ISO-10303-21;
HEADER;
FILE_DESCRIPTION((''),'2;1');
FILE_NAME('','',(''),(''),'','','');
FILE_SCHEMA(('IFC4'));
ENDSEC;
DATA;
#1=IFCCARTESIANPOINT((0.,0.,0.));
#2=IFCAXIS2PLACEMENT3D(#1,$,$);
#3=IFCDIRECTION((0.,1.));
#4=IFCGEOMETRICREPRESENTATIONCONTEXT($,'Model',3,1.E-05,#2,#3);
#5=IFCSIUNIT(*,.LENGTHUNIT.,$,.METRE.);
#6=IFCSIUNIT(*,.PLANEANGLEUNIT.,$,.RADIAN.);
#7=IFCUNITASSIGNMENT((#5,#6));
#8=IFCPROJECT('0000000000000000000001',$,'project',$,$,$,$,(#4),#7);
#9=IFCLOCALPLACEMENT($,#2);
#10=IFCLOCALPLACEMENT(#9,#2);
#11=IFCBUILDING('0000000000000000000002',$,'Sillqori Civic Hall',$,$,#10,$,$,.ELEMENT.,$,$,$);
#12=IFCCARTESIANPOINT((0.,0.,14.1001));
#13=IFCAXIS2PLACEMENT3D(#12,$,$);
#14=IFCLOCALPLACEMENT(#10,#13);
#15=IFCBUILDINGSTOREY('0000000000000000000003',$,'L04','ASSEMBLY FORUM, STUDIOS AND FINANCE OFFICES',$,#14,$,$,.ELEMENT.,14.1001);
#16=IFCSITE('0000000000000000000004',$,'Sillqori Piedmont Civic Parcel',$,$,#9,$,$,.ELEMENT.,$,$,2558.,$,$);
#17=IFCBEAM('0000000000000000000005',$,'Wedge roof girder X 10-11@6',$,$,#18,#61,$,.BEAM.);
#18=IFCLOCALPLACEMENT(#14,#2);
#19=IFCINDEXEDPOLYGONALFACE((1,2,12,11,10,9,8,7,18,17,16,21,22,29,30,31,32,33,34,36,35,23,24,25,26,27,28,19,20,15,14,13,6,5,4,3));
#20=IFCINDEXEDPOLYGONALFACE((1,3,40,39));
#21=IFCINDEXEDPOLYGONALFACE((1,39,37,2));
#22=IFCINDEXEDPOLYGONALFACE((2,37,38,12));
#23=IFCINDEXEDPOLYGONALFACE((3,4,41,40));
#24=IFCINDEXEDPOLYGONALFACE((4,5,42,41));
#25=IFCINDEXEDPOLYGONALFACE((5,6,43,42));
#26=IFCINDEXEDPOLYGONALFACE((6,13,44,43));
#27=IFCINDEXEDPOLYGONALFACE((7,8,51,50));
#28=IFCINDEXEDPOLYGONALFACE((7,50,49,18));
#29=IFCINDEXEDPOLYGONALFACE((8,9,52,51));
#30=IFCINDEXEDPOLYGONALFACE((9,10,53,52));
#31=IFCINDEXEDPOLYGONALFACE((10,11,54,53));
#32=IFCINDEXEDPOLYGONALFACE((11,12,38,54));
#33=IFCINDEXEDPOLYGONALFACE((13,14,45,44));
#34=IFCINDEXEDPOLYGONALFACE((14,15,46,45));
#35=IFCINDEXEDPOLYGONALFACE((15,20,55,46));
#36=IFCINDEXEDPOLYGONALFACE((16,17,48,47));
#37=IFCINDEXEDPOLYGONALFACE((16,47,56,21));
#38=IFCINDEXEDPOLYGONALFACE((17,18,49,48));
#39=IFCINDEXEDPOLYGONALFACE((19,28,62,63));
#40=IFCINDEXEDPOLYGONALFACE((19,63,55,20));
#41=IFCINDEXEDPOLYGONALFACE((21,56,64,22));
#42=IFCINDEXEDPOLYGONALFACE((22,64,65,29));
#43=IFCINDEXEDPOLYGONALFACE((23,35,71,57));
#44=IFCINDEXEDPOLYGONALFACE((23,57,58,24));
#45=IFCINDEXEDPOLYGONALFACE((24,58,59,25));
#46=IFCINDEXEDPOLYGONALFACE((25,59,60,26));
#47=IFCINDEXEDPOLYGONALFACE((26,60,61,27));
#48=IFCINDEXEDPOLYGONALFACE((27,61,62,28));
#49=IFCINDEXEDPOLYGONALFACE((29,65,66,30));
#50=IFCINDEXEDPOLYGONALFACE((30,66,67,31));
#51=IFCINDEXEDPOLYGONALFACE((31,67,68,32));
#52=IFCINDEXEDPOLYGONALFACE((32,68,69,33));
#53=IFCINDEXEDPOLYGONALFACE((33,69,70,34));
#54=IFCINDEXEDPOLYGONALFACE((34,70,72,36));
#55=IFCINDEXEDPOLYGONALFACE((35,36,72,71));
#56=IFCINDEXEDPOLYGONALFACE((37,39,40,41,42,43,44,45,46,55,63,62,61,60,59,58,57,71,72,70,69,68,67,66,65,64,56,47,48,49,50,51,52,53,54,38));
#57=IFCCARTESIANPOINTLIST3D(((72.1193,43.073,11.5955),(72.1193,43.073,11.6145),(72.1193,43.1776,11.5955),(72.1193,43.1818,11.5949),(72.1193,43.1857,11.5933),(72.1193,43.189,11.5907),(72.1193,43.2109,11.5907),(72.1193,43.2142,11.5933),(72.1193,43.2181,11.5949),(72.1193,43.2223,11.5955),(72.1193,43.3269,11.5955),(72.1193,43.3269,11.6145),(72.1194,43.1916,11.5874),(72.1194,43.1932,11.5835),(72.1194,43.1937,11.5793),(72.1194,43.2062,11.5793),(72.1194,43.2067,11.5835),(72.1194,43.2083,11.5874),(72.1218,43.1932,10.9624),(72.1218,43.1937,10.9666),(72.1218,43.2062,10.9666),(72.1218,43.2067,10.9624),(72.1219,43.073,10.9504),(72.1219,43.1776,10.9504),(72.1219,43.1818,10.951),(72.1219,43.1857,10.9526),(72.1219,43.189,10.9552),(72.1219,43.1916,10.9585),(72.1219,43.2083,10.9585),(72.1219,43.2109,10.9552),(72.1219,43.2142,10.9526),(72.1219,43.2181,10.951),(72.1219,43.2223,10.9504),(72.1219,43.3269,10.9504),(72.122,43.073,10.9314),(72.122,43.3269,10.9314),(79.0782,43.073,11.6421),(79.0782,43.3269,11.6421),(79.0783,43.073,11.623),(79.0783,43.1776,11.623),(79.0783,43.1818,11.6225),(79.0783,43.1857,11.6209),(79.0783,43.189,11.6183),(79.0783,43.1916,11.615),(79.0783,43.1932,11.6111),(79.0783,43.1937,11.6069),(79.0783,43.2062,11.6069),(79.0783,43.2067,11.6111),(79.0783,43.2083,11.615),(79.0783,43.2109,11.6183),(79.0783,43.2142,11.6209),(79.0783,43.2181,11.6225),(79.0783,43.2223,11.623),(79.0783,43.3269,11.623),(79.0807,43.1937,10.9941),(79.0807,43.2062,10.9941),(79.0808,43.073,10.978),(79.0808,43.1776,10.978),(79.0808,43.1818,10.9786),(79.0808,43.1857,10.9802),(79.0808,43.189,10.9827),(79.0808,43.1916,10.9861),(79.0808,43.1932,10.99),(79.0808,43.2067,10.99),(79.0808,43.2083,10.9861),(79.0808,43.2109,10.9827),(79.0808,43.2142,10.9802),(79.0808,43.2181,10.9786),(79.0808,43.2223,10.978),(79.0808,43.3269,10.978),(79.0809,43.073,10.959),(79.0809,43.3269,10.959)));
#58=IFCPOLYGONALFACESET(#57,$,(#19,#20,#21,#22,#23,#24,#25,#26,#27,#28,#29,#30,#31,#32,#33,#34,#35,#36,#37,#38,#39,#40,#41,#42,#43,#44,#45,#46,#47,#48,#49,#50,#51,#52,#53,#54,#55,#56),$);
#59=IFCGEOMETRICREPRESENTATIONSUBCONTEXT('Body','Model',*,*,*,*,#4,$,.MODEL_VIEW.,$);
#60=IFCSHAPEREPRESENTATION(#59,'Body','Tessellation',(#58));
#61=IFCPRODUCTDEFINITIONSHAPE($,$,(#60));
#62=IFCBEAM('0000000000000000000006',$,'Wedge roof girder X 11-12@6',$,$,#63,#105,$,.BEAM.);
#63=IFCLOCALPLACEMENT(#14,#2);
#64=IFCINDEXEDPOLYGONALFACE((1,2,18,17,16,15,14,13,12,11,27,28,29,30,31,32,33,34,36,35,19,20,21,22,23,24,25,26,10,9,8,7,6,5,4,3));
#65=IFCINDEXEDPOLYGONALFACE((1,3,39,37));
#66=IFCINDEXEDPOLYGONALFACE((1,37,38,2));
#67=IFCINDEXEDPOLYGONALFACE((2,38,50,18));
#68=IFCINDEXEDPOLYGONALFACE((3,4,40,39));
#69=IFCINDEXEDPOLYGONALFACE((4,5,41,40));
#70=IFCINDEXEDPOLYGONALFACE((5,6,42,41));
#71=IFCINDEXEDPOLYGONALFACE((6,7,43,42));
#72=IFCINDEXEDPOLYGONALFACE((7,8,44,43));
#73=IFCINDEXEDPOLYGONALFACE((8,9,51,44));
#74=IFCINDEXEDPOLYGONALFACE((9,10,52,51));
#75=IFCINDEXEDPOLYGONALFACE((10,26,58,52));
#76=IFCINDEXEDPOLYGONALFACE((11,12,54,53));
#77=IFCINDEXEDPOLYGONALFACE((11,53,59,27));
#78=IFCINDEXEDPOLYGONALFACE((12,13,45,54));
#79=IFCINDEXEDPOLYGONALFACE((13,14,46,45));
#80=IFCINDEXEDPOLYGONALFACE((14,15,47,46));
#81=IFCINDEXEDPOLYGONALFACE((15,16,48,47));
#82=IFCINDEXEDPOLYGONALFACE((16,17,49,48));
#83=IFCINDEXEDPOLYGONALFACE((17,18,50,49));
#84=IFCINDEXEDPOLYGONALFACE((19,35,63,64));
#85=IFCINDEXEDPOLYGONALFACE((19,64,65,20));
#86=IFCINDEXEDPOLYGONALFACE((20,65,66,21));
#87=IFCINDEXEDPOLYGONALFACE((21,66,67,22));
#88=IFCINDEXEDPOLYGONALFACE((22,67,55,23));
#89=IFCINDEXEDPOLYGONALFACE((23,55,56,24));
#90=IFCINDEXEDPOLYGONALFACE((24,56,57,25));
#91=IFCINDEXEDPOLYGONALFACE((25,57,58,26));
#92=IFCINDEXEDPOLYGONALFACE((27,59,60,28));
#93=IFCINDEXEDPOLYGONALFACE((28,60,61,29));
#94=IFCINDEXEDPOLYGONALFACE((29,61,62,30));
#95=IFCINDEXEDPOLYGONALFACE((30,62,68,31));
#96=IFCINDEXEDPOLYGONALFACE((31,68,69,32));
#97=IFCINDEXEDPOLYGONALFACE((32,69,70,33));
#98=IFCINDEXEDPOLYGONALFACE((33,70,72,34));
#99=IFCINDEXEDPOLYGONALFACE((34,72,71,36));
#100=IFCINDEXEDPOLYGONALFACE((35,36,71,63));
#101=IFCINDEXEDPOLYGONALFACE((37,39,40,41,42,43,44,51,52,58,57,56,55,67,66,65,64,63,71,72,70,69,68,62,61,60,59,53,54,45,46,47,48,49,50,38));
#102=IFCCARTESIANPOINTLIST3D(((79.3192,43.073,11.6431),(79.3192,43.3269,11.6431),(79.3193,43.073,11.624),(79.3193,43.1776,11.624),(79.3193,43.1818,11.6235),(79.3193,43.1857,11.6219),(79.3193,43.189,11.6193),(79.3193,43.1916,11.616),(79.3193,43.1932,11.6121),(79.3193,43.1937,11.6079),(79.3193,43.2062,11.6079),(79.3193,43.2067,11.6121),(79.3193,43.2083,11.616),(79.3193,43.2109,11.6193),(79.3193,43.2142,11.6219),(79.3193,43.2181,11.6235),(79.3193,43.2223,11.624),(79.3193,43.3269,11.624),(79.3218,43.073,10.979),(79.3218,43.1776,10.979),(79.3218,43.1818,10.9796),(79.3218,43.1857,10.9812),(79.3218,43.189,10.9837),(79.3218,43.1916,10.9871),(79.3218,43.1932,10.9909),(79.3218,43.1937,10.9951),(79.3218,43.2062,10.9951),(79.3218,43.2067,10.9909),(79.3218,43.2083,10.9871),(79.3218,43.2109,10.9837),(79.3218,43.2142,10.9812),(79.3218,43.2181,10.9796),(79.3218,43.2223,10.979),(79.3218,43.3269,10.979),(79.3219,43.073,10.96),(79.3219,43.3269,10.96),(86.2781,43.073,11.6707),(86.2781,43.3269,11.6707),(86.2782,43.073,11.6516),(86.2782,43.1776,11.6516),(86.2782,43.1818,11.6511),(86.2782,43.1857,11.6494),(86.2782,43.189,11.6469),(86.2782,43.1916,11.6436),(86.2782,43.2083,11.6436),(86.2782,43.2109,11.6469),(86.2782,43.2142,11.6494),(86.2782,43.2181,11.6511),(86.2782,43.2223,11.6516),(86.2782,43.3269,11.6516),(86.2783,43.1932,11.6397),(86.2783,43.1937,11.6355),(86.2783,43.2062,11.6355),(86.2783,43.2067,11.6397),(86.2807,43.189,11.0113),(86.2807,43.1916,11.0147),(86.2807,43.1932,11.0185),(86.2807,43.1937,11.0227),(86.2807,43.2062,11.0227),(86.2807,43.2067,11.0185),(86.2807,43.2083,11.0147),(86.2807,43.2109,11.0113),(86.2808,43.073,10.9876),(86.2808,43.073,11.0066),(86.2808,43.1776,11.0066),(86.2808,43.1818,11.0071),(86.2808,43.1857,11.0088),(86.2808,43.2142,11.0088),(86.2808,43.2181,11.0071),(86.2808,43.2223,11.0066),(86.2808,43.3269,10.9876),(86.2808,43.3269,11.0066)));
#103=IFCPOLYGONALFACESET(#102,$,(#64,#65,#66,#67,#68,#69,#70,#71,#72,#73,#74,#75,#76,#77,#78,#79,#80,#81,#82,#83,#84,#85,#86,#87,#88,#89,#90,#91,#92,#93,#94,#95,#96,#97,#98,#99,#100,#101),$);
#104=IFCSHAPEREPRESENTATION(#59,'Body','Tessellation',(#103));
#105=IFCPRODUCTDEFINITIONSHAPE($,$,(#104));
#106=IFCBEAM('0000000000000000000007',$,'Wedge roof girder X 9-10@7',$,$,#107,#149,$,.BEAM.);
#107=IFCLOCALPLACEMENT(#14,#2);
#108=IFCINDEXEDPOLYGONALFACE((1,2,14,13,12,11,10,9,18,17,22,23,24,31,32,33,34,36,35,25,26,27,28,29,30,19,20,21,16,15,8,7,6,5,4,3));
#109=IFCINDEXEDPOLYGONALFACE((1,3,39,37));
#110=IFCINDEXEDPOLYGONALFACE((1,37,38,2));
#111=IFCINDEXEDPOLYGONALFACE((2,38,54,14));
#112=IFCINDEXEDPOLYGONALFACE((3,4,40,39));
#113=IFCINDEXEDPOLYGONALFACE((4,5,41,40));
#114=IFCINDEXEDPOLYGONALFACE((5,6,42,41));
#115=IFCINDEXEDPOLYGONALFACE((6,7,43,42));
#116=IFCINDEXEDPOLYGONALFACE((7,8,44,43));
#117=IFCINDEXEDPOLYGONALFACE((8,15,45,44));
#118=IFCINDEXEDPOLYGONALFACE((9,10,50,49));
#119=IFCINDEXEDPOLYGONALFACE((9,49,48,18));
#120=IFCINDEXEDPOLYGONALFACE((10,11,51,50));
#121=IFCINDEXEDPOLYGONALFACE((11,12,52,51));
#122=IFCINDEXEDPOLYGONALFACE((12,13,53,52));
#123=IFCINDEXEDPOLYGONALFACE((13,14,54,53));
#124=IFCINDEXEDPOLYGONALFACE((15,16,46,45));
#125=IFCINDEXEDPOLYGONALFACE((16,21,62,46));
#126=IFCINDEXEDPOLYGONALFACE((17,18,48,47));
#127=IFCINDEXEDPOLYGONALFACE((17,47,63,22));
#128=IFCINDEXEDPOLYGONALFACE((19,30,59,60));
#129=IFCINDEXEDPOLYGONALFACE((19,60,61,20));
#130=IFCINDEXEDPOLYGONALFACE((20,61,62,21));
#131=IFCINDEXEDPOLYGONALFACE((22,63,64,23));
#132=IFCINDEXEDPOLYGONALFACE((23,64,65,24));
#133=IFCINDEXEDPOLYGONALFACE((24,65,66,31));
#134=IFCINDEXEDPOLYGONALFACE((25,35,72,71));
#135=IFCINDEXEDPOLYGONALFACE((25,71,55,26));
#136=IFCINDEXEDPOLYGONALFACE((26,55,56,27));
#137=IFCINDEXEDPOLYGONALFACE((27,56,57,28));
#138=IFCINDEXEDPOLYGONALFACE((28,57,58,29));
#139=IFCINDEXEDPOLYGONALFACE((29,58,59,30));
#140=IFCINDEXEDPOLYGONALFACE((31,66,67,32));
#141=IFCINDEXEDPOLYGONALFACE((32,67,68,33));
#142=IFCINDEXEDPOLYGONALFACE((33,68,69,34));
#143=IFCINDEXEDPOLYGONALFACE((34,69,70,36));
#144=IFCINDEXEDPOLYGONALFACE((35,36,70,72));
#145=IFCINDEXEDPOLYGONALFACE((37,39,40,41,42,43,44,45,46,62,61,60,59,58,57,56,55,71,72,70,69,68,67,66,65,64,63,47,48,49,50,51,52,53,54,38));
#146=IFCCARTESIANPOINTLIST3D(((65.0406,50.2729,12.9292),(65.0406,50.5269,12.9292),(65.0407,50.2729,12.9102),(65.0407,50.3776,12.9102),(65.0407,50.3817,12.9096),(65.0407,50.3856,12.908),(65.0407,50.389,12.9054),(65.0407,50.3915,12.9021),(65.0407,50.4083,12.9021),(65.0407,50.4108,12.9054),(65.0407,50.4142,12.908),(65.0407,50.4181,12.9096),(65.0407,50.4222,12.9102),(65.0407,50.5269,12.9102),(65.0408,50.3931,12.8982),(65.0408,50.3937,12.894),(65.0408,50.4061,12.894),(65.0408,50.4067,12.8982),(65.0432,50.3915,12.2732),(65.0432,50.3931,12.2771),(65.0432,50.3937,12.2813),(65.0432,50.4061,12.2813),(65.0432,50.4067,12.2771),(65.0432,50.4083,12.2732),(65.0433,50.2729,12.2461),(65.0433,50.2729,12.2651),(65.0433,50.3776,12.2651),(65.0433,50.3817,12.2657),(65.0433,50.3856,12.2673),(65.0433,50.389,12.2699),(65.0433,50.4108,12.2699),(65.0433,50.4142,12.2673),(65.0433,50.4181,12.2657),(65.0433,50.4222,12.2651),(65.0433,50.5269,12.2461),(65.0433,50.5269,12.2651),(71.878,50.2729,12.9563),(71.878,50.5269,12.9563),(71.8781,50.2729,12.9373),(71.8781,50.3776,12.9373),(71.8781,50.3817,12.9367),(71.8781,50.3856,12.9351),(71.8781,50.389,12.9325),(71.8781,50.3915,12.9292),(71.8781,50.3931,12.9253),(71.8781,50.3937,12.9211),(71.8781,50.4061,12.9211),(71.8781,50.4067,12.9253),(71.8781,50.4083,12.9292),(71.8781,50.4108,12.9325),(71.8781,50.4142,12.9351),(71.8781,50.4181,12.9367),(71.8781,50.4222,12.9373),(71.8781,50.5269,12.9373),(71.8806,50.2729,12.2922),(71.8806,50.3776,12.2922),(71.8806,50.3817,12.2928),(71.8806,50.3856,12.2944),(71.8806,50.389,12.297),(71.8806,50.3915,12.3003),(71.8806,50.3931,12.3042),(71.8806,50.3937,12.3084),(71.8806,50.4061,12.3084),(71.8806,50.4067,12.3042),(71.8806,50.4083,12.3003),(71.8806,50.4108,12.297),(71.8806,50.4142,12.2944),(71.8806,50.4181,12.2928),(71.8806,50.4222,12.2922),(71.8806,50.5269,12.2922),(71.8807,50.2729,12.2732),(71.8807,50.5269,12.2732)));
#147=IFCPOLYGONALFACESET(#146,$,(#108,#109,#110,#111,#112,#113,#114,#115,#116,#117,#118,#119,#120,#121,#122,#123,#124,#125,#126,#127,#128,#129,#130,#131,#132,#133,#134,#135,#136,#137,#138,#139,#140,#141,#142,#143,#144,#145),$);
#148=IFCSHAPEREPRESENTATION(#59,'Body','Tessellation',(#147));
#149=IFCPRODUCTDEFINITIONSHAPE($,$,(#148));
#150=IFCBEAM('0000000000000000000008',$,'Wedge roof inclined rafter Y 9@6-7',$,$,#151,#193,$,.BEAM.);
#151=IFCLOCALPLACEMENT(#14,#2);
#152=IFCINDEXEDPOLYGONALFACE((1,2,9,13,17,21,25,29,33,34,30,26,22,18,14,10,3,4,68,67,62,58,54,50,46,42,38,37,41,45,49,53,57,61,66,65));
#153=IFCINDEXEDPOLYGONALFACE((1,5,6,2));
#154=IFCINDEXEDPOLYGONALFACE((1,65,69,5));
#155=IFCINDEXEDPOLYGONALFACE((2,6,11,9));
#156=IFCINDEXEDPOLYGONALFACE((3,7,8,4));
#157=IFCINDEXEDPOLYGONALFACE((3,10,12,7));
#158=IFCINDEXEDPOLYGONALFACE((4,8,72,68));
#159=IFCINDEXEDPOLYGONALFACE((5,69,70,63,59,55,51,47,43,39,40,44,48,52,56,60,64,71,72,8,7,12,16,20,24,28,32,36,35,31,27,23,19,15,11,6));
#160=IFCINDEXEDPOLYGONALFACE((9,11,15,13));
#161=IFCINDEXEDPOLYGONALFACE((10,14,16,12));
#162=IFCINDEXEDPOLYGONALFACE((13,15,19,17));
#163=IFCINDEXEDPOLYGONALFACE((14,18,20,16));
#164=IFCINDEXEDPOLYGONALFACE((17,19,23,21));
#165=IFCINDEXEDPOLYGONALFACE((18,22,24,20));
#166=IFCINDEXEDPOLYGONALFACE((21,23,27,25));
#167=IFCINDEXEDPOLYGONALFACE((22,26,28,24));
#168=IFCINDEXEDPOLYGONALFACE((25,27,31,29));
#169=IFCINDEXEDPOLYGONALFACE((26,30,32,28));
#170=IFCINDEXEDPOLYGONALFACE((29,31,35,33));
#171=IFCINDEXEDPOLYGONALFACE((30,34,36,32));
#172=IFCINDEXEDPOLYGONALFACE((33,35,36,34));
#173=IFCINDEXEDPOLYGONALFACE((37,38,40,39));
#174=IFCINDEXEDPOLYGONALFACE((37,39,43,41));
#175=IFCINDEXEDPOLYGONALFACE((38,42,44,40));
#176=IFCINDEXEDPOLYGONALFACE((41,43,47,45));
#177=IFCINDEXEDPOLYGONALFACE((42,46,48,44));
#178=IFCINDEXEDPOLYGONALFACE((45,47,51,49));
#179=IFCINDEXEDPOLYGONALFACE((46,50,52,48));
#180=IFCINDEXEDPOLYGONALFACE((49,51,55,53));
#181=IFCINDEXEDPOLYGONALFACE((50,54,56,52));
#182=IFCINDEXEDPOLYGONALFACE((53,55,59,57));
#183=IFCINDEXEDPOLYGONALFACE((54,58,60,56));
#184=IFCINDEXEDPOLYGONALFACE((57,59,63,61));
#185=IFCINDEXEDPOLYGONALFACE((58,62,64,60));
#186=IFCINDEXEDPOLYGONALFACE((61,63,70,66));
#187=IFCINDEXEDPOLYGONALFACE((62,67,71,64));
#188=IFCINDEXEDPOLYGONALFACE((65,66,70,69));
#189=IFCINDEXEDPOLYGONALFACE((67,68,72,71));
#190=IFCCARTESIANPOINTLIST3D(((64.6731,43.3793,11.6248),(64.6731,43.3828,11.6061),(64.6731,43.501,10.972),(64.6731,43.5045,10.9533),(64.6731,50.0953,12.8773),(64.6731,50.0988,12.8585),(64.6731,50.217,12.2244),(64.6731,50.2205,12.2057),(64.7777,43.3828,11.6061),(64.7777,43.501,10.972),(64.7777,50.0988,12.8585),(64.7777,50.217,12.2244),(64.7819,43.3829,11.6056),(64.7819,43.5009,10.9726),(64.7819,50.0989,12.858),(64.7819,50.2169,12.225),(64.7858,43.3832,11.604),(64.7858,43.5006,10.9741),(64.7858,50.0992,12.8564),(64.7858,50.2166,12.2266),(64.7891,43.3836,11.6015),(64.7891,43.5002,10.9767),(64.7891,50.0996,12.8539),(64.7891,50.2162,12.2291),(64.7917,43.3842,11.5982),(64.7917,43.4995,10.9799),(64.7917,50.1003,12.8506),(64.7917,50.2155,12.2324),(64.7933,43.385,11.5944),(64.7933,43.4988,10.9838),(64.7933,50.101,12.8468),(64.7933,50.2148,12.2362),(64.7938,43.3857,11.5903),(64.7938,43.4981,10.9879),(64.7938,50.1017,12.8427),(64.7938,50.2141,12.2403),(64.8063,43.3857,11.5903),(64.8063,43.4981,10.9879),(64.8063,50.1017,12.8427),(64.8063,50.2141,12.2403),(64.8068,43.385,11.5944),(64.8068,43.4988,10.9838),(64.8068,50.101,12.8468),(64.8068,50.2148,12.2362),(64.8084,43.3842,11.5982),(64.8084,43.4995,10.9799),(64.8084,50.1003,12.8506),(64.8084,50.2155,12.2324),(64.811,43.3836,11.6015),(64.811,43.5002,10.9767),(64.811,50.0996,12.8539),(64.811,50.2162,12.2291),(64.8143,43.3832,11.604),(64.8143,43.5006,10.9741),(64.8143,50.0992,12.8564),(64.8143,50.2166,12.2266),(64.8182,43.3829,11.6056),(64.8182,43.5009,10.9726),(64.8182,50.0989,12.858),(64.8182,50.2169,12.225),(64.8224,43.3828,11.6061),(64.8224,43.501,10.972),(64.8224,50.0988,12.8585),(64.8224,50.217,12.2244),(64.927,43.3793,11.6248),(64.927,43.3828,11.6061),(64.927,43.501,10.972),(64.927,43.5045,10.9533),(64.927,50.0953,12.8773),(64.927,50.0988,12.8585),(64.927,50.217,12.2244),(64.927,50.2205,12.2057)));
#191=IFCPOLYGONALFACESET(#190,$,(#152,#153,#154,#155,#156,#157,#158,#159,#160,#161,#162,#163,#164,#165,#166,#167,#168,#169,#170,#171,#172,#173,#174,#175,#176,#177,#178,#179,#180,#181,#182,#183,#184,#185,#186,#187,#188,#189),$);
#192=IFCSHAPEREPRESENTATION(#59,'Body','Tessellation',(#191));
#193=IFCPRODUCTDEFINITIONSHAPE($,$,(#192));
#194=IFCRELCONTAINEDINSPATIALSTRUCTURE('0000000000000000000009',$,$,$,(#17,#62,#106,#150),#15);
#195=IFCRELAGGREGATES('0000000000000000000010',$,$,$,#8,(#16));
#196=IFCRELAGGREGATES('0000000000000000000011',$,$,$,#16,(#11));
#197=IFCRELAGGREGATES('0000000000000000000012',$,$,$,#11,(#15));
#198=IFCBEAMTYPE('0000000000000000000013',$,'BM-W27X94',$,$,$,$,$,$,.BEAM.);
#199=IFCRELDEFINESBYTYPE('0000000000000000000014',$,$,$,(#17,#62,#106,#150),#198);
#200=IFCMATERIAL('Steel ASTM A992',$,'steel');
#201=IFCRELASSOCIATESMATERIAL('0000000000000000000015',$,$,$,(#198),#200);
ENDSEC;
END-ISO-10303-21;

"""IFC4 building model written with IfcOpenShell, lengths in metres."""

from ifc_helpers import new_model, si_unit, direction, frame, origin, origin_2d, place, context, subcontext, project, spatial, i_section, extrude, material, material_profile, profile_set, type_object, element, save


model = new_model("IFC4")

# Units and contexts
model_context = context("Model", 3, precision=1e-05, world=origin(), true_north=direction((0.0, 1.0)))
body_context = subcontext(model_context, "Body", "Model", "MODEL_VIEW")
ifc_project = project(units=[si_unit("LENGTHUNIT", "METRE"), si_unit("PLANEANGLEUNIT", "RADIAN")], contexts=[model_context])

# Site, building, storey
site_placement = place(None, origin())
site = spatial("IfcSite", under=ifc_project, at=site_placement, Name="Sillqori Piedmont Civic Parcel", CompositionType="ELEMENT", RefElevation=2558.0)
building_placement = place(site_placement, origin())
building = spatial("IfcBuilding", under=site, at=building_placement, Name="Sillqori Civic Hall", CompositionType="ELEMENT")
storey_placement = place(building_placement, frame((0.0, 0.0, 14.1001)))
storey = spatial("IfcBuildingStorey", under=building, at=storey_placement, Name="L04", Description="ASSEMBLY FORUM, STUDIOS AND FINANCE OFFICES", CompositionType="ELEMENT", Elevation=14.1001)

# Shared definitions
ifc_material_1 = material(Name="Steel ASTM A992", Category="steel")

# Beams
ifc_material_profile_1 = material_profile(ifc_material_1, i_section(OverallWidth=0.2539, OverallDepth=0.6831, WebThickness=0.0125, FlangeThickness=0.019, FilletRadius=0.0161, at=origin_2d()), Name="W27X94")
ifc_profile_set_1 = profile_set([ifc_material_profile_1], Name="Steel ASTM A992")
beam_type_1 = type_object("IfcBeamType", Name="BM-W27X94", PredefinedType="BEAM", material=ifc_profile_set_1)
for number, where, z_axis, x_axis, name in (
    (1, (72.1206, 43.2, 11.2729), (0.999992, 0.0, 0.003964), (0.0, 1.0, 0.0), "Wedge roof girder X 10-11@6"),
    (2, (79.3206, 43.2, 11.3015), (0.999992, 0.0, 0.003964), (0.0, 1.0, 0.0), "Wedge roof girder X 11-12@6"),
):
    element("IfcBeam", number, at=place(storey_placement, frame(where, z_axis=z_axis, x_axis=x_axis)), inside=storey, type_object=beam_type_1, Name=name, PredefinedType="BEAM", context=body_context, shape_type="SweptSolid", body=[
        extrude(i_section(OverallWidth=0.2539, OverallDepth=0.6831, WebThickness=0.0125, FlangeThickness=0.019, FilletRadius=0.0161, at=origin_2d()), origin(), (0.0, 0.0, 1.0), 6.959),
    ])
beam_1_placement = place(storey_placement, frame((65.042, 50.3999, 12.5876), z_axis=(0.999992, 0.0, 0.003963), x_axis=(0.0, 1.0, 0.0)))
element("IfcBeam", 3, at=beam_1_placement, inside=storey, type_object=beam_type_1, Name="Wedge roof girder X 9-10@7", PredefinedType="BEAM", context=body_context, shape_type="SweptSolid", body=[
    extrude(i_section(OverallWidth=0.2539, OverallDepth=0.6831, WebThickness=0.0125, FlangeThickness=0.019, FilletRadius=0.0161, at=origin_2d()), origin(), (0.0, 0.0, 1.0), 6.8374),
])
beam_2_placement = place(storey_placement, frame((64.8, 43.4419, 11.2891), z_axis=(0.0, 0.983053, 0.183324), x_axis=(-1.0, 0.0, 0.0)))
element("IfcBeam", 4, at=beam_2_placement, inside=storey, type_object=beam_type_1, Name="Wedge roof inclined rafter Y 9@6-7", PredefinedType="BEAM", context=body_context, shape_type="SweptSolid", body=[
    extrude(i_section(OverallWidth=0.2539, OverallDepth=0.6831, WebThickness=0.0125, FlangeThickness=0.019, FilletRadius=0.0161, at=origin_2d()), origin(), (0.0, 0.0, 1.0), 6.8318),
])

save(model, "model.ifc")
